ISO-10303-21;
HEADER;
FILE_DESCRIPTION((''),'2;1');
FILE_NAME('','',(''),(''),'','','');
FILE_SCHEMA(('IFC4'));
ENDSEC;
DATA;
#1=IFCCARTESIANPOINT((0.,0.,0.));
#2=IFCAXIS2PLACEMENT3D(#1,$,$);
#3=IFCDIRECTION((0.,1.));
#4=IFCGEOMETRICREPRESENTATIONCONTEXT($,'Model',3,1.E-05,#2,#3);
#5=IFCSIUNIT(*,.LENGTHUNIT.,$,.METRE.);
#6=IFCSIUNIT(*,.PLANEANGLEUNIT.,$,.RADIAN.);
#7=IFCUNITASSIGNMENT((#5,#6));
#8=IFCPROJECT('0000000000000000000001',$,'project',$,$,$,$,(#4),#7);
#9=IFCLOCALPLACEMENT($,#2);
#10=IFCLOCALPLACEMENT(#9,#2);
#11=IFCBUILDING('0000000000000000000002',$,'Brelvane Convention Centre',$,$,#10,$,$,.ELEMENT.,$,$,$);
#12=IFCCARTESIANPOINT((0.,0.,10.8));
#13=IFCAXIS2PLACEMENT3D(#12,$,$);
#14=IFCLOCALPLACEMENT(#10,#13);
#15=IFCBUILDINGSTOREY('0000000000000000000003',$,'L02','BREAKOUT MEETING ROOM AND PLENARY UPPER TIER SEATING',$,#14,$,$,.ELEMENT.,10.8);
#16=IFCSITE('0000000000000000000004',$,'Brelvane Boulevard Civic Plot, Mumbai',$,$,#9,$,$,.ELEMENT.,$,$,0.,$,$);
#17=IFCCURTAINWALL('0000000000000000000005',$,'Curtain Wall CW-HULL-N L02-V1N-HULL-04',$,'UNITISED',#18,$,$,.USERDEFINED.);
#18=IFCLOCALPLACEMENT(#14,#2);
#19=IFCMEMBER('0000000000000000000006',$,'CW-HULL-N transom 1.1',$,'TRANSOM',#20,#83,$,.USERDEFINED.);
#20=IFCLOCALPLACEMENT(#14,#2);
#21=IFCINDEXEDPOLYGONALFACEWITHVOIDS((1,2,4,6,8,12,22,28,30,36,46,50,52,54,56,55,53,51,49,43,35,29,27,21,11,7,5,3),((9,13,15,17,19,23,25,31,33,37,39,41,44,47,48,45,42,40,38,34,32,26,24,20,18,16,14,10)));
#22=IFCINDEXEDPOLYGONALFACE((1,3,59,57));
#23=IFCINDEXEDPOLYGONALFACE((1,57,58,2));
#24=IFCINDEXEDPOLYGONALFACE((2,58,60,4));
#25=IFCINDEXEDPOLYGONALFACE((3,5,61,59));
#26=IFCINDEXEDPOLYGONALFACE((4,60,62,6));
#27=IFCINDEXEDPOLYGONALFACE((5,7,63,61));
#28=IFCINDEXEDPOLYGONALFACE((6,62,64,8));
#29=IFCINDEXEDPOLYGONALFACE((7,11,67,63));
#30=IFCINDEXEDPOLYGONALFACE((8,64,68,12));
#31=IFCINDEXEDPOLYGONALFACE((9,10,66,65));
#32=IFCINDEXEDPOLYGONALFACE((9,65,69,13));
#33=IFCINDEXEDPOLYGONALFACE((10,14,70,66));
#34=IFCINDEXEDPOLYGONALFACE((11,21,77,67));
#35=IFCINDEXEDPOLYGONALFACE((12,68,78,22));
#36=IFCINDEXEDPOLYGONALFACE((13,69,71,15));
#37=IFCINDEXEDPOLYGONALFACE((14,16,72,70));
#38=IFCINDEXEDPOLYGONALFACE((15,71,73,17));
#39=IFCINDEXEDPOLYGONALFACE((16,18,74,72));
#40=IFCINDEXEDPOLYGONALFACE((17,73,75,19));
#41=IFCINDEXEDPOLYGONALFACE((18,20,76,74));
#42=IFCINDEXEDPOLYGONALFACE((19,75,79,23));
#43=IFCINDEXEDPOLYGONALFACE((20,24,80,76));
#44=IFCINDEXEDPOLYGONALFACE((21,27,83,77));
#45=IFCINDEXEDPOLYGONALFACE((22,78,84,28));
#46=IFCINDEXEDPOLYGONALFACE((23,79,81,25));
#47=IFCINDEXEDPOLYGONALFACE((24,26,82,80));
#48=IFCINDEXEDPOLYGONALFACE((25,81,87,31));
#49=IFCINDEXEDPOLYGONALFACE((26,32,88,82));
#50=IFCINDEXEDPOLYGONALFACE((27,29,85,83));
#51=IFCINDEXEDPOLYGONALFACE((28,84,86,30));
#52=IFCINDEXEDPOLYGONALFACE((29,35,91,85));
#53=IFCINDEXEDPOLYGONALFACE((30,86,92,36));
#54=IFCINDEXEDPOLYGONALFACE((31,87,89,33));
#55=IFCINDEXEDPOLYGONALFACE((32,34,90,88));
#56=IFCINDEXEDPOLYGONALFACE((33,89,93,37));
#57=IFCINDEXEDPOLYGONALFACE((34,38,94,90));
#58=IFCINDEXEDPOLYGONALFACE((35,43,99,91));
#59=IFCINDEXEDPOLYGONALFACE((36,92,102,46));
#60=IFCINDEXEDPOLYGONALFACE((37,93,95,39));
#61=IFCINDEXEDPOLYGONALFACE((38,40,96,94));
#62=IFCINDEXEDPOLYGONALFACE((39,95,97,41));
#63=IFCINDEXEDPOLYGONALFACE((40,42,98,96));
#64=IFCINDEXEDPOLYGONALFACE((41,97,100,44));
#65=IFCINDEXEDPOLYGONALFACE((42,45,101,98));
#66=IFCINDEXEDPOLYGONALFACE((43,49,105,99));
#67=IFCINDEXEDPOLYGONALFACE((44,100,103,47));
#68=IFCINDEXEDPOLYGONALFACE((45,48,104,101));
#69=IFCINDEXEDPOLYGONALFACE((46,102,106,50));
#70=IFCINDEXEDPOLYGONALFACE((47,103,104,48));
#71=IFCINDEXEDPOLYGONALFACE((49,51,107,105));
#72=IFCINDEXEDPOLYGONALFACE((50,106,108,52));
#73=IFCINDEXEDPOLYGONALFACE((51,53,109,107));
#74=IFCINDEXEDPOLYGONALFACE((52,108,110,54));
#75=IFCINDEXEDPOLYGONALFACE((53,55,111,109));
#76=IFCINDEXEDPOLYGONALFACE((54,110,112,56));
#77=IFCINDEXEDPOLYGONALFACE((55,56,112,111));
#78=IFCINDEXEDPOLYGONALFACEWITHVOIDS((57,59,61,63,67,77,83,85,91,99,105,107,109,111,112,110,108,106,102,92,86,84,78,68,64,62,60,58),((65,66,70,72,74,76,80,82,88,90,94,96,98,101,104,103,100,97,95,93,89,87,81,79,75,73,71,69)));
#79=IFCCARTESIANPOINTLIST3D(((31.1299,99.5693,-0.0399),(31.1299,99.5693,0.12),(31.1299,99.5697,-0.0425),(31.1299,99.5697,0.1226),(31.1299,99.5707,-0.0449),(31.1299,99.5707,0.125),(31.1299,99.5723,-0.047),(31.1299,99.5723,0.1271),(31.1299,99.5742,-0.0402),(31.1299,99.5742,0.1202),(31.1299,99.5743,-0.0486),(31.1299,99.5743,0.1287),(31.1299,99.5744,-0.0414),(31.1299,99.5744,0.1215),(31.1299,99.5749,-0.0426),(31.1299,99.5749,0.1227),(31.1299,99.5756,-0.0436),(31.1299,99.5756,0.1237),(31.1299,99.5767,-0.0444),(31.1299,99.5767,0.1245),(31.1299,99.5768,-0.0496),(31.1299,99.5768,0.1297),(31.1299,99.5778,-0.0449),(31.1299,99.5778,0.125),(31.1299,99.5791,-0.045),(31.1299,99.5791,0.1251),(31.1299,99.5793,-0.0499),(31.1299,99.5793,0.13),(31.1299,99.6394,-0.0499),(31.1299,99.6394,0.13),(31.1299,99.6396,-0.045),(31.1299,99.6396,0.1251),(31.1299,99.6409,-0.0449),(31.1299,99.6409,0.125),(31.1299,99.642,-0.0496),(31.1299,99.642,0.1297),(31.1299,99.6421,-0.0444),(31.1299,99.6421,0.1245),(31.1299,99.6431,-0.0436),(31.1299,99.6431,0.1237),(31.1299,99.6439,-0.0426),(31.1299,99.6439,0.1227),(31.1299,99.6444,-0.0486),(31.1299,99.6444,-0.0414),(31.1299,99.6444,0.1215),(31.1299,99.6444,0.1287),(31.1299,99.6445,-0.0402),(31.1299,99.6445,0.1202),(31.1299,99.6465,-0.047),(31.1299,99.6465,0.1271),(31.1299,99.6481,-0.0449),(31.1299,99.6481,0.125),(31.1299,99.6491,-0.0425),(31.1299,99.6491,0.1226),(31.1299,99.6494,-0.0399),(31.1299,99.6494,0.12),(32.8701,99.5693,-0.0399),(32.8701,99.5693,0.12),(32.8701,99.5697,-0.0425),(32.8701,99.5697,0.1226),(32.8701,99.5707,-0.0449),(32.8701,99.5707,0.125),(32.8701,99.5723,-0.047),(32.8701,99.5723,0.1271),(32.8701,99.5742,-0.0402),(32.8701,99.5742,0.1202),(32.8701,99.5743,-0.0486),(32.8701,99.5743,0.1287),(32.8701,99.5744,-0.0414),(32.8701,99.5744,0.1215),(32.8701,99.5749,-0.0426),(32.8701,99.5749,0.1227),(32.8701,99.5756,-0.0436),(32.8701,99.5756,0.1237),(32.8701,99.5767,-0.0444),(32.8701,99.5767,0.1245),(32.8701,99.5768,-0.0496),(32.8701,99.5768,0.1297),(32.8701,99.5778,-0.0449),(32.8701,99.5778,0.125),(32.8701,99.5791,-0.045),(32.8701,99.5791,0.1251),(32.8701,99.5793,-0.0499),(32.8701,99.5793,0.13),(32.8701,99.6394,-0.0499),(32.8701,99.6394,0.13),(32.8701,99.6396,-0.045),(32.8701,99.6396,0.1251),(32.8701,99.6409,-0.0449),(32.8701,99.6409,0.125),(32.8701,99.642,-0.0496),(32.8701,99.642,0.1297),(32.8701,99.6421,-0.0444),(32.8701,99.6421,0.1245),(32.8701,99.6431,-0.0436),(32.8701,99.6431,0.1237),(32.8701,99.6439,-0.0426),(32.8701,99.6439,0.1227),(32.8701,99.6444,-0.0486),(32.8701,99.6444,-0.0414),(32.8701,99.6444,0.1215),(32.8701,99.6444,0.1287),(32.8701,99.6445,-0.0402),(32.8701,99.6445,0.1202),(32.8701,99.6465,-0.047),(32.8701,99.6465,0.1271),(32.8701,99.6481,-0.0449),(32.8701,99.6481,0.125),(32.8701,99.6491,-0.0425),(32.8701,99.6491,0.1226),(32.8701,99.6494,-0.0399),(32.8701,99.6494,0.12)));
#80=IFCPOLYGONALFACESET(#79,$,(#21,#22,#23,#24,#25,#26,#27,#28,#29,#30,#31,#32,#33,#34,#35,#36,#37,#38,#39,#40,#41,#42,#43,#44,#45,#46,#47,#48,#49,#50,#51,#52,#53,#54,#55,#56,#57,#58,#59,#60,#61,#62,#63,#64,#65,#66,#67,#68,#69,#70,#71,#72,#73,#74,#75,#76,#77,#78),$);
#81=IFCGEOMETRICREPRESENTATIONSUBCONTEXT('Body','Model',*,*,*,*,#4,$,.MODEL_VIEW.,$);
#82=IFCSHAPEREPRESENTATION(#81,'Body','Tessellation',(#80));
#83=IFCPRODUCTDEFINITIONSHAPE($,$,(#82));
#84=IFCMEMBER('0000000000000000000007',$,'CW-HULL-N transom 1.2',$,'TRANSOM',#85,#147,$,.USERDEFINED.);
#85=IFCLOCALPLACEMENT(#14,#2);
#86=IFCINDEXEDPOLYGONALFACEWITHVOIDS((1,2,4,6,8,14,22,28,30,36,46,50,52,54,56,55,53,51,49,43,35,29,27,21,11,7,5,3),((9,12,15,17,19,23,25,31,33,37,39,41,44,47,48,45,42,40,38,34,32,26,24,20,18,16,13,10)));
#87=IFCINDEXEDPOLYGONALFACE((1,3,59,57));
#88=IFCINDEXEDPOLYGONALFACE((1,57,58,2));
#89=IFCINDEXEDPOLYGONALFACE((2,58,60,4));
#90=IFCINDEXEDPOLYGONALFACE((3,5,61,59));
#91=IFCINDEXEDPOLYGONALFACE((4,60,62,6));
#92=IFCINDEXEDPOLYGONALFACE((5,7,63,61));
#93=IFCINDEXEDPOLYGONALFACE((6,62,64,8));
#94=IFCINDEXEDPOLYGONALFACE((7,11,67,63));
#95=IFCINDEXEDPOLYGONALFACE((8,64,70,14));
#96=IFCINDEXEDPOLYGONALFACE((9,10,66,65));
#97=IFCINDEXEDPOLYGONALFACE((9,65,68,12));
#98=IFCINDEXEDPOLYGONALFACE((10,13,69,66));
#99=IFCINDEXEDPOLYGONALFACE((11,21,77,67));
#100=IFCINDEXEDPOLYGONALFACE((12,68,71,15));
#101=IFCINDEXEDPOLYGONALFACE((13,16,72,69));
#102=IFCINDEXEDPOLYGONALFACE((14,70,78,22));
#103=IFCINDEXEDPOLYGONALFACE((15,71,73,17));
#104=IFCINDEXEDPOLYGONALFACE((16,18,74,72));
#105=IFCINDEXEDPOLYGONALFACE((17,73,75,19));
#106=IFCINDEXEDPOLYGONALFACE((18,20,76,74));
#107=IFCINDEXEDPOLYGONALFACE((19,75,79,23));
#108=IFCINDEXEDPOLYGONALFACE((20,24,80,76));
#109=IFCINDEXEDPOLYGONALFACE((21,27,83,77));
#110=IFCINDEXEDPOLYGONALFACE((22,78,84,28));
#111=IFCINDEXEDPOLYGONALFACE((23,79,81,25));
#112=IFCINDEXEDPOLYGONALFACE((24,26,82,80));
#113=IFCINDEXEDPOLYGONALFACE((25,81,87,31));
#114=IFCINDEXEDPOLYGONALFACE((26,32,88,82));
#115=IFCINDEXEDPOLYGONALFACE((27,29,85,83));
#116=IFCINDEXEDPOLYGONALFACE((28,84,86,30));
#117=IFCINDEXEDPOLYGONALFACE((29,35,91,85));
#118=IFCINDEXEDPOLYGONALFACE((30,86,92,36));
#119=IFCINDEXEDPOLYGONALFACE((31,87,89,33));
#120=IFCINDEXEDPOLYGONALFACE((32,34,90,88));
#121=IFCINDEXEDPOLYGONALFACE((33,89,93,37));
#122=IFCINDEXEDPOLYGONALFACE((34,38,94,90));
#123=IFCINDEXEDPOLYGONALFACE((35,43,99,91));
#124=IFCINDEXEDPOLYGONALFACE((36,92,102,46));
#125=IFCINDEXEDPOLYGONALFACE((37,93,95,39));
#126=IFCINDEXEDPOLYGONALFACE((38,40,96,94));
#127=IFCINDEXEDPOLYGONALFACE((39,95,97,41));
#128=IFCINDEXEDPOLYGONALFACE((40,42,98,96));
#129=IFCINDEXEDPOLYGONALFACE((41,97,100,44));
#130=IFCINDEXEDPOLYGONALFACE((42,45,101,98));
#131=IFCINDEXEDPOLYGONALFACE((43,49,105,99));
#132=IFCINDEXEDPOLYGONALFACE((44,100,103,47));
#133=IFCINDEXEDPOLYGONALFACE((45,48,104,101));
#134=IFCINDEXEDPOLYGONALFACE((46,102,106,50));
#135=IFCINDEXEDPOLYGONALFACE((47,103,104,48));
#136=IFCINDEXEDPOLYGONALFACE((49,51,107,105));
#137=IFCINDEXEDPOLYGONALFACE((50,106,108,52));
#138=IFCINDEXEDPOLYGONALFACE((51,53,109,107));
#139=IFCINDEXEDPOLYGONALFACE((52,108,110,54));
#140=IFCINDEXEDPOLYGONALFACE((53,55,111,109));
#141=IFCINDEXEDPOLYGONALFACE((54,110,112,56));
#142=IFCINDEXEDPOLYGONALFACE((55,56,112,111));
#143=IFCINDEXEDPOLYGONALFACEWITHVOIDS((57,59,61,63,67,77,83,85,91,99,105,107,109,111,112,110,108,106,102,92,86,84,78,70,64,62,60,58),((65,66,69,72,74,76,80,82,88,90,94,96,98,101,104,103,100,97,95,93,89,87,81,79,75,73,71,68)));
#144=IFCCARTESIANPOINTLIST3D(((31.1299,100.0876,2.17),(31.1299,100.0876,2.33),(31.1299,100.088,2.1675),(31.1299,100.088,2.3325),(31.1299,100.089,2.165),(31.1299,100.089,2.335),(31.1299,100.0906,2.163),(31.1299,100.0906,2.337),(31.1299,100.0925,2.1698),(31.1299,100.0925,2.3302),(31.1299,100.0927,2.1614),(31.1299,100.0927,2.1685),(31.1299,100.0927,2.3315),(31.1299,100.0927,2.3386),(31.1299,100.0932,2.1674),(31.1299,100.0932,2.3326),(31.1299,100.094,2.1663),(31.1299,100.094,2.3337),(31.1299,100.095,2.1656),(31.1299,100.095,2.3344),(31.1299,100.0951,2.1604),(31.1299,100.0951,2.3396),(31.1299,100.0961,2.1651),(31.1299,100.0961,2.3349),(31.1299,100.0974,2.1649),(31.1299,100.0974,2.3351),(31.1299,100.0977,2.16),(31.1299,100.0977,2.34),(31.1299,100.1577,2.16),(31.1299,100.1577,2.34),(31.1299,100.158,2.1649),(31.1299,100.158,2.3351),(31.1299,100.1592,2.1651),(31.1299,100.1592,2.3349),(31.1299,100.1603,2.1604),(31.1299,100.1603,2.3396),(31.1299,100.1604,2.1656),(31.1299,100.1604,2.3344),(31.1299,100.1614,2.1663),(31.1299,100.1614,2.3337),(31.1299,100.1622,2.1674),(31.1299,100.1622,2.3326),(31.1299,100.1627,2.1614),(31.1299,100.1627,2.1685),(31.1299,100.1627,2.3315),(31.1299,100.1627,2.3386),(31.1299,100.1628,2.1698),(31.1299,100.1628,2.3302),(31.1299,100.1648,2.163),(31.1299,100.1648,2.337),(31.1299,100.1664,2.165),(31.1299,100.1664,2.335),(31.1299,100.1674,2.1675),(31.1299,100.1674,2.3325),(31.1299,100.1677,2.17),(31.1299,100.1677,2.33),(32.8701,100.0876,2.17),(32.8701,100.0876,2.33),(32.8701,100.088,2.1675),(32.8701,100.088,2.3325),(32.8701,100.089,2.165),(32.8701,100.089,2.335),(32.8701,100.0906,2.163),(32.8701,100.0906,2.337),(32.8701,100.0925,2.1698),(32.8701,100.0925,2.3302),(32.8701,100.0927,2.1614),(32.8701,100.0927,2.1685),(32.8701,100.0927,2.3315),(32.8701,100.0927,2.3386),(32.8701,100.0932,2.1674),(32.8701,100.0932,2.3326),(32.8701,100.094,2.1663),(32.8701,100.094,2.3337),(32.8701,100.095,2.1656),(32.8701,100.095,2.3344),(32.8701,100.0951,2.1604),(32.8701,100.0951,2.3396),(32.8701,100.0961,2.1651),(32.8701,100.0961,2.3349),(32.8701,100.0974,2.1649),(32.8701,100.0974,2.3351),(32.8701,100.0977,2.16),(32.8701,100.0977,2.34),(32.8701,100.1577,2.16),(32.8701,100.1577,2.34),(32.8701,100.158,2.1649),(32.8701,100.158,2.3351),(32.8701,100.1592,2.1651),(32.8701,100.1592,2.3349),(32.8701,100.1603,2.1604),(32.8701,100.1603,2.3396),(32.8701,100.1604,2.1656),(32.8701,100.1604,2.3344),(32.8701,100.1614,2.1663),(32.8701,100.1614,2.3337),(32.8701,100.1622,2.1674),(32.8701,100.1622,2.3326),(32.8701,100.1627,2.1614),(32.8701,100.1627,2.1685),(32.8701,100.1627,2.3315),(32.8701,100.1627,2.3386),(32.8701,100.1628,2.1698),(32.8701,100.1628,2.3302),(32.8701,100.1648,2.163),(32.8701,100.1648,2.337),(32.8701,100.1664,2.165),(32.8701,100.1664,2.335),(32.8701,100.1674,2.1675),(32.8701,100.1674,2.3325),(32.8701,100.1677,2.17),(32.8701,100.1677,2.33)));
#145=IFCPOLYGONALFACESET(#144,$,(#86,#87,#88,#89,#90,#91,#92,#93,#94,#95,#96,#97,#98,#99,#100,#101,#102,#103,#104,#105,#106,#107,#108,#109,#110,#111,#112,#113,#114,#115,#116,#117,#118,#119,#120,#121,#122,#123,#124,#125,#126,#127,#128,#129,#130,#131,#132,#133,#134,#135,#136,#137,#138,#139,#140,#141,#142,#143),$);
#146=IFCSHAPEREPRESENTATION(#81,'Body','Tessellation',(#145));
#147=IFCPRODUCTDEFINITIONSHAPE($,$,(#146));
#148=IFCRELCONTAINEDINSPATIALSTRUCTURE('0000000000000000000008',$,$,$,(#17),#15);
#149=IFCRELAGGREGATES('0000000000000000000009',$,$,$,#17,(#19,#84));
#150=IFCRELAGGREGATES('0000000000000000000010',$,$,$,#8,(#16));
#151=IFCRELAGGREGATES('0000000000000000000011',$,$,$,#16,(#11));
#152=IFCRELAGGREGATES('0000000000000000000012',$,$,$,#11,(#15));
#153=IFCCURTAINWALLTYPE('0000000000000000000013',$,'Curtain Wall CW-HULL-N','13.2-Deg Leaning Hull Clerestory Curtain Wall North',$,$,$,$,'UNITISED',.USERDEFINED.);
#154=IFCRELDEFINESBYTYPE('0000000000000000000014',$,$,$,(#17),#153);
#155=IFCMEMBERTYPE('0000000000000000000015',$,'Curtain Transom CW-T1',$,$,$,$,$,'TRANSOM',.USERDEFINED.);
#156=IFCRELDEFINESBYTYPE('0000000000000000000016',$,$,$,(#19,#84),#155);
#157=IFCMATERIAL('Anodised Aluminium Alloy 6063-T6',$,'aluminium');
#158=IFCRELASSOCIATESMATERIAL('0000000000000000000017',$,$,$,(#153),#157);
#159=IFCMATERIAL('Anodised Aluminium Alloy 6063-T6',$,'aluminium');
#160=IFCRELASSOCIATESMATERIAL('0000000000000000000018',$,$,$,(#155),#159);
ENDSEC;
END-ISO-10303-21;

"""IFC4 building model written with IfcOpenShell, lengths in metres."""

from ifc_helpers import new_model, si_unit, direction, frame, origin, origin_2d, place, context, subcontext, project, spatial, hollow_rectangle, extrude, material, material_profile, profile_set, type_object, element, aggregate, save


model = new_model("IFC4")

# Units and contexts
model_context = context("Model", 3, precision=1e-05, world=origin(), true_north=direction((0.0, 1.0)))
body_context = subcontext(model_context, "Body", "Model", "MODEL_VIEW")
ifc_project = project(units=[si_unit("LENGTHUNIT", "METRE"), si_unit("PLANEANGLEUNIT", "RADIAN")], contexts=[model_context])

# Site, building, storey
site_placement = place(None, origin())
site = spatial("IfcSite", under=ifc_project, at=site_placement, Name="Brelvane Boulevard Civic Plot, Mumbai", CompositionType="ELEMENT", RefElevation=0.0)
building_placement = place(site_placement, origin())
building = spatial("IfcBuilding", under=site, at=building_placement, Name="Brelvane Convention Centre", CompositionType="ELEMENT")
storey_placement = place(building_placement, frame((0.0, 0.0, 10.8)))
storey = spatial("IfcBuildingStorey", under=building, at=storey_placement, Name="L02", Description="BREAKOUT MEETING ROOM AND PLENARY UPPER TIER SEATING", CompositionType="ELEMENT", Elevation=10.8)

# Curtain wall, members
ifc_material_1 = material(Name="Anodised Aluminium Alloy 6063-T6", Category="aluminium")
curtain_wall_type = type_object("IfcCurtainWallType", Name="Curtain Wall CW-HULL-N", Description="13.2-Deg Leaning Hull Clerestory Curtain Wall North", ElementType="UNITISED", PredefinedType="USERDEFINED", material=ifc_material_1)
curtain_wall_placement = place(storey_placement, origin())
curtain_wall = element("IfcCurtainWall", 1, at=curtain_wall_placement, inside=storey, type_object=curtain_wall_type, Name="Curtain Wall CW-HULL-N L02-V1N-HULL-04", ObjectType="UNITISED", PredefinedType="USERDEFINED")
ifc_material_2 = material(Name="Anodised Aluminium Alloy 6063-T6", Category="aluminium")
ifc_material_profile_1 = material_profile(ifc_material_2, hollow_rectangle(XDim=0.0801, YDim=0.1799, WallThickness=0.0049, InnerFilletRadius=0.0049, OuterFilletRadius=0.01, at=origin_2d()), Name="ALU-T 180x80x5.0")
ifc_profile_set_1 = profile_set([ifc_material_profile_1], Name="Anodised Aluminium Alloy 6063-T6")
member_type_1 = type_object("IfcMemberType", Name="Curtain Transom CW-T1", ElementType="TRANSOM", PredefinedType="USERDEFINED", material=ifc_profile_set_1)
member_1_placement = place(storey_placement, frame((31.1299, 99.6094, 0.04), z_axis=(1.0, 0.0, 0.0), x_axis=(0.0, 1.0, 0.0)))
member_1 = element("IfcMember", 2, at=member_1_placement, type_object=member_type_1, Name="CW-HULL-N transom 1.1", ObjectType="TRANSOM", PredefinedType="USERDEFINED", context=body_context, shape_type="SweptSolid", body=[
    extrude(hollow_rectangle(XDim=0.0801, YDim=0.1799, WallThickness=0.0049, InnerFilletRadius=0.0049, OuterFilletRadius=0.01, at=origin_2d()), origin(), (0.0, 0.0, 1.0), 1.7402),
])
member_2_placement = place(storey_placement, frame((31.1299, 100.1277, 2.25), z_axis=(1.0, 0.0, 0.0), x_axis=(0.0, 1.0, 0.0)))
member_2 = element("IfcMember", 3, at=member_2_placement, type_object=member_type_1, Name="CW-HULL-N transom 1.2", ObjectType="TRANSOM", PredefinedType="USERDEFINED", context=body_context, shape_type="SweptSolid", body=[
    extrude(hollow_rectangle(XDim=0.0801, YDim=0.1799, WallThickness=0.0049, InnerFilletRadius=0.0049, OuterFilletRadius=0.01, at=origin_2d()), origin(), (0.0, 0.0, 1.0), 1.7402),
])

aggregate(curtain_wall, [member_1, member_2])

save(model, "model.ifc")
